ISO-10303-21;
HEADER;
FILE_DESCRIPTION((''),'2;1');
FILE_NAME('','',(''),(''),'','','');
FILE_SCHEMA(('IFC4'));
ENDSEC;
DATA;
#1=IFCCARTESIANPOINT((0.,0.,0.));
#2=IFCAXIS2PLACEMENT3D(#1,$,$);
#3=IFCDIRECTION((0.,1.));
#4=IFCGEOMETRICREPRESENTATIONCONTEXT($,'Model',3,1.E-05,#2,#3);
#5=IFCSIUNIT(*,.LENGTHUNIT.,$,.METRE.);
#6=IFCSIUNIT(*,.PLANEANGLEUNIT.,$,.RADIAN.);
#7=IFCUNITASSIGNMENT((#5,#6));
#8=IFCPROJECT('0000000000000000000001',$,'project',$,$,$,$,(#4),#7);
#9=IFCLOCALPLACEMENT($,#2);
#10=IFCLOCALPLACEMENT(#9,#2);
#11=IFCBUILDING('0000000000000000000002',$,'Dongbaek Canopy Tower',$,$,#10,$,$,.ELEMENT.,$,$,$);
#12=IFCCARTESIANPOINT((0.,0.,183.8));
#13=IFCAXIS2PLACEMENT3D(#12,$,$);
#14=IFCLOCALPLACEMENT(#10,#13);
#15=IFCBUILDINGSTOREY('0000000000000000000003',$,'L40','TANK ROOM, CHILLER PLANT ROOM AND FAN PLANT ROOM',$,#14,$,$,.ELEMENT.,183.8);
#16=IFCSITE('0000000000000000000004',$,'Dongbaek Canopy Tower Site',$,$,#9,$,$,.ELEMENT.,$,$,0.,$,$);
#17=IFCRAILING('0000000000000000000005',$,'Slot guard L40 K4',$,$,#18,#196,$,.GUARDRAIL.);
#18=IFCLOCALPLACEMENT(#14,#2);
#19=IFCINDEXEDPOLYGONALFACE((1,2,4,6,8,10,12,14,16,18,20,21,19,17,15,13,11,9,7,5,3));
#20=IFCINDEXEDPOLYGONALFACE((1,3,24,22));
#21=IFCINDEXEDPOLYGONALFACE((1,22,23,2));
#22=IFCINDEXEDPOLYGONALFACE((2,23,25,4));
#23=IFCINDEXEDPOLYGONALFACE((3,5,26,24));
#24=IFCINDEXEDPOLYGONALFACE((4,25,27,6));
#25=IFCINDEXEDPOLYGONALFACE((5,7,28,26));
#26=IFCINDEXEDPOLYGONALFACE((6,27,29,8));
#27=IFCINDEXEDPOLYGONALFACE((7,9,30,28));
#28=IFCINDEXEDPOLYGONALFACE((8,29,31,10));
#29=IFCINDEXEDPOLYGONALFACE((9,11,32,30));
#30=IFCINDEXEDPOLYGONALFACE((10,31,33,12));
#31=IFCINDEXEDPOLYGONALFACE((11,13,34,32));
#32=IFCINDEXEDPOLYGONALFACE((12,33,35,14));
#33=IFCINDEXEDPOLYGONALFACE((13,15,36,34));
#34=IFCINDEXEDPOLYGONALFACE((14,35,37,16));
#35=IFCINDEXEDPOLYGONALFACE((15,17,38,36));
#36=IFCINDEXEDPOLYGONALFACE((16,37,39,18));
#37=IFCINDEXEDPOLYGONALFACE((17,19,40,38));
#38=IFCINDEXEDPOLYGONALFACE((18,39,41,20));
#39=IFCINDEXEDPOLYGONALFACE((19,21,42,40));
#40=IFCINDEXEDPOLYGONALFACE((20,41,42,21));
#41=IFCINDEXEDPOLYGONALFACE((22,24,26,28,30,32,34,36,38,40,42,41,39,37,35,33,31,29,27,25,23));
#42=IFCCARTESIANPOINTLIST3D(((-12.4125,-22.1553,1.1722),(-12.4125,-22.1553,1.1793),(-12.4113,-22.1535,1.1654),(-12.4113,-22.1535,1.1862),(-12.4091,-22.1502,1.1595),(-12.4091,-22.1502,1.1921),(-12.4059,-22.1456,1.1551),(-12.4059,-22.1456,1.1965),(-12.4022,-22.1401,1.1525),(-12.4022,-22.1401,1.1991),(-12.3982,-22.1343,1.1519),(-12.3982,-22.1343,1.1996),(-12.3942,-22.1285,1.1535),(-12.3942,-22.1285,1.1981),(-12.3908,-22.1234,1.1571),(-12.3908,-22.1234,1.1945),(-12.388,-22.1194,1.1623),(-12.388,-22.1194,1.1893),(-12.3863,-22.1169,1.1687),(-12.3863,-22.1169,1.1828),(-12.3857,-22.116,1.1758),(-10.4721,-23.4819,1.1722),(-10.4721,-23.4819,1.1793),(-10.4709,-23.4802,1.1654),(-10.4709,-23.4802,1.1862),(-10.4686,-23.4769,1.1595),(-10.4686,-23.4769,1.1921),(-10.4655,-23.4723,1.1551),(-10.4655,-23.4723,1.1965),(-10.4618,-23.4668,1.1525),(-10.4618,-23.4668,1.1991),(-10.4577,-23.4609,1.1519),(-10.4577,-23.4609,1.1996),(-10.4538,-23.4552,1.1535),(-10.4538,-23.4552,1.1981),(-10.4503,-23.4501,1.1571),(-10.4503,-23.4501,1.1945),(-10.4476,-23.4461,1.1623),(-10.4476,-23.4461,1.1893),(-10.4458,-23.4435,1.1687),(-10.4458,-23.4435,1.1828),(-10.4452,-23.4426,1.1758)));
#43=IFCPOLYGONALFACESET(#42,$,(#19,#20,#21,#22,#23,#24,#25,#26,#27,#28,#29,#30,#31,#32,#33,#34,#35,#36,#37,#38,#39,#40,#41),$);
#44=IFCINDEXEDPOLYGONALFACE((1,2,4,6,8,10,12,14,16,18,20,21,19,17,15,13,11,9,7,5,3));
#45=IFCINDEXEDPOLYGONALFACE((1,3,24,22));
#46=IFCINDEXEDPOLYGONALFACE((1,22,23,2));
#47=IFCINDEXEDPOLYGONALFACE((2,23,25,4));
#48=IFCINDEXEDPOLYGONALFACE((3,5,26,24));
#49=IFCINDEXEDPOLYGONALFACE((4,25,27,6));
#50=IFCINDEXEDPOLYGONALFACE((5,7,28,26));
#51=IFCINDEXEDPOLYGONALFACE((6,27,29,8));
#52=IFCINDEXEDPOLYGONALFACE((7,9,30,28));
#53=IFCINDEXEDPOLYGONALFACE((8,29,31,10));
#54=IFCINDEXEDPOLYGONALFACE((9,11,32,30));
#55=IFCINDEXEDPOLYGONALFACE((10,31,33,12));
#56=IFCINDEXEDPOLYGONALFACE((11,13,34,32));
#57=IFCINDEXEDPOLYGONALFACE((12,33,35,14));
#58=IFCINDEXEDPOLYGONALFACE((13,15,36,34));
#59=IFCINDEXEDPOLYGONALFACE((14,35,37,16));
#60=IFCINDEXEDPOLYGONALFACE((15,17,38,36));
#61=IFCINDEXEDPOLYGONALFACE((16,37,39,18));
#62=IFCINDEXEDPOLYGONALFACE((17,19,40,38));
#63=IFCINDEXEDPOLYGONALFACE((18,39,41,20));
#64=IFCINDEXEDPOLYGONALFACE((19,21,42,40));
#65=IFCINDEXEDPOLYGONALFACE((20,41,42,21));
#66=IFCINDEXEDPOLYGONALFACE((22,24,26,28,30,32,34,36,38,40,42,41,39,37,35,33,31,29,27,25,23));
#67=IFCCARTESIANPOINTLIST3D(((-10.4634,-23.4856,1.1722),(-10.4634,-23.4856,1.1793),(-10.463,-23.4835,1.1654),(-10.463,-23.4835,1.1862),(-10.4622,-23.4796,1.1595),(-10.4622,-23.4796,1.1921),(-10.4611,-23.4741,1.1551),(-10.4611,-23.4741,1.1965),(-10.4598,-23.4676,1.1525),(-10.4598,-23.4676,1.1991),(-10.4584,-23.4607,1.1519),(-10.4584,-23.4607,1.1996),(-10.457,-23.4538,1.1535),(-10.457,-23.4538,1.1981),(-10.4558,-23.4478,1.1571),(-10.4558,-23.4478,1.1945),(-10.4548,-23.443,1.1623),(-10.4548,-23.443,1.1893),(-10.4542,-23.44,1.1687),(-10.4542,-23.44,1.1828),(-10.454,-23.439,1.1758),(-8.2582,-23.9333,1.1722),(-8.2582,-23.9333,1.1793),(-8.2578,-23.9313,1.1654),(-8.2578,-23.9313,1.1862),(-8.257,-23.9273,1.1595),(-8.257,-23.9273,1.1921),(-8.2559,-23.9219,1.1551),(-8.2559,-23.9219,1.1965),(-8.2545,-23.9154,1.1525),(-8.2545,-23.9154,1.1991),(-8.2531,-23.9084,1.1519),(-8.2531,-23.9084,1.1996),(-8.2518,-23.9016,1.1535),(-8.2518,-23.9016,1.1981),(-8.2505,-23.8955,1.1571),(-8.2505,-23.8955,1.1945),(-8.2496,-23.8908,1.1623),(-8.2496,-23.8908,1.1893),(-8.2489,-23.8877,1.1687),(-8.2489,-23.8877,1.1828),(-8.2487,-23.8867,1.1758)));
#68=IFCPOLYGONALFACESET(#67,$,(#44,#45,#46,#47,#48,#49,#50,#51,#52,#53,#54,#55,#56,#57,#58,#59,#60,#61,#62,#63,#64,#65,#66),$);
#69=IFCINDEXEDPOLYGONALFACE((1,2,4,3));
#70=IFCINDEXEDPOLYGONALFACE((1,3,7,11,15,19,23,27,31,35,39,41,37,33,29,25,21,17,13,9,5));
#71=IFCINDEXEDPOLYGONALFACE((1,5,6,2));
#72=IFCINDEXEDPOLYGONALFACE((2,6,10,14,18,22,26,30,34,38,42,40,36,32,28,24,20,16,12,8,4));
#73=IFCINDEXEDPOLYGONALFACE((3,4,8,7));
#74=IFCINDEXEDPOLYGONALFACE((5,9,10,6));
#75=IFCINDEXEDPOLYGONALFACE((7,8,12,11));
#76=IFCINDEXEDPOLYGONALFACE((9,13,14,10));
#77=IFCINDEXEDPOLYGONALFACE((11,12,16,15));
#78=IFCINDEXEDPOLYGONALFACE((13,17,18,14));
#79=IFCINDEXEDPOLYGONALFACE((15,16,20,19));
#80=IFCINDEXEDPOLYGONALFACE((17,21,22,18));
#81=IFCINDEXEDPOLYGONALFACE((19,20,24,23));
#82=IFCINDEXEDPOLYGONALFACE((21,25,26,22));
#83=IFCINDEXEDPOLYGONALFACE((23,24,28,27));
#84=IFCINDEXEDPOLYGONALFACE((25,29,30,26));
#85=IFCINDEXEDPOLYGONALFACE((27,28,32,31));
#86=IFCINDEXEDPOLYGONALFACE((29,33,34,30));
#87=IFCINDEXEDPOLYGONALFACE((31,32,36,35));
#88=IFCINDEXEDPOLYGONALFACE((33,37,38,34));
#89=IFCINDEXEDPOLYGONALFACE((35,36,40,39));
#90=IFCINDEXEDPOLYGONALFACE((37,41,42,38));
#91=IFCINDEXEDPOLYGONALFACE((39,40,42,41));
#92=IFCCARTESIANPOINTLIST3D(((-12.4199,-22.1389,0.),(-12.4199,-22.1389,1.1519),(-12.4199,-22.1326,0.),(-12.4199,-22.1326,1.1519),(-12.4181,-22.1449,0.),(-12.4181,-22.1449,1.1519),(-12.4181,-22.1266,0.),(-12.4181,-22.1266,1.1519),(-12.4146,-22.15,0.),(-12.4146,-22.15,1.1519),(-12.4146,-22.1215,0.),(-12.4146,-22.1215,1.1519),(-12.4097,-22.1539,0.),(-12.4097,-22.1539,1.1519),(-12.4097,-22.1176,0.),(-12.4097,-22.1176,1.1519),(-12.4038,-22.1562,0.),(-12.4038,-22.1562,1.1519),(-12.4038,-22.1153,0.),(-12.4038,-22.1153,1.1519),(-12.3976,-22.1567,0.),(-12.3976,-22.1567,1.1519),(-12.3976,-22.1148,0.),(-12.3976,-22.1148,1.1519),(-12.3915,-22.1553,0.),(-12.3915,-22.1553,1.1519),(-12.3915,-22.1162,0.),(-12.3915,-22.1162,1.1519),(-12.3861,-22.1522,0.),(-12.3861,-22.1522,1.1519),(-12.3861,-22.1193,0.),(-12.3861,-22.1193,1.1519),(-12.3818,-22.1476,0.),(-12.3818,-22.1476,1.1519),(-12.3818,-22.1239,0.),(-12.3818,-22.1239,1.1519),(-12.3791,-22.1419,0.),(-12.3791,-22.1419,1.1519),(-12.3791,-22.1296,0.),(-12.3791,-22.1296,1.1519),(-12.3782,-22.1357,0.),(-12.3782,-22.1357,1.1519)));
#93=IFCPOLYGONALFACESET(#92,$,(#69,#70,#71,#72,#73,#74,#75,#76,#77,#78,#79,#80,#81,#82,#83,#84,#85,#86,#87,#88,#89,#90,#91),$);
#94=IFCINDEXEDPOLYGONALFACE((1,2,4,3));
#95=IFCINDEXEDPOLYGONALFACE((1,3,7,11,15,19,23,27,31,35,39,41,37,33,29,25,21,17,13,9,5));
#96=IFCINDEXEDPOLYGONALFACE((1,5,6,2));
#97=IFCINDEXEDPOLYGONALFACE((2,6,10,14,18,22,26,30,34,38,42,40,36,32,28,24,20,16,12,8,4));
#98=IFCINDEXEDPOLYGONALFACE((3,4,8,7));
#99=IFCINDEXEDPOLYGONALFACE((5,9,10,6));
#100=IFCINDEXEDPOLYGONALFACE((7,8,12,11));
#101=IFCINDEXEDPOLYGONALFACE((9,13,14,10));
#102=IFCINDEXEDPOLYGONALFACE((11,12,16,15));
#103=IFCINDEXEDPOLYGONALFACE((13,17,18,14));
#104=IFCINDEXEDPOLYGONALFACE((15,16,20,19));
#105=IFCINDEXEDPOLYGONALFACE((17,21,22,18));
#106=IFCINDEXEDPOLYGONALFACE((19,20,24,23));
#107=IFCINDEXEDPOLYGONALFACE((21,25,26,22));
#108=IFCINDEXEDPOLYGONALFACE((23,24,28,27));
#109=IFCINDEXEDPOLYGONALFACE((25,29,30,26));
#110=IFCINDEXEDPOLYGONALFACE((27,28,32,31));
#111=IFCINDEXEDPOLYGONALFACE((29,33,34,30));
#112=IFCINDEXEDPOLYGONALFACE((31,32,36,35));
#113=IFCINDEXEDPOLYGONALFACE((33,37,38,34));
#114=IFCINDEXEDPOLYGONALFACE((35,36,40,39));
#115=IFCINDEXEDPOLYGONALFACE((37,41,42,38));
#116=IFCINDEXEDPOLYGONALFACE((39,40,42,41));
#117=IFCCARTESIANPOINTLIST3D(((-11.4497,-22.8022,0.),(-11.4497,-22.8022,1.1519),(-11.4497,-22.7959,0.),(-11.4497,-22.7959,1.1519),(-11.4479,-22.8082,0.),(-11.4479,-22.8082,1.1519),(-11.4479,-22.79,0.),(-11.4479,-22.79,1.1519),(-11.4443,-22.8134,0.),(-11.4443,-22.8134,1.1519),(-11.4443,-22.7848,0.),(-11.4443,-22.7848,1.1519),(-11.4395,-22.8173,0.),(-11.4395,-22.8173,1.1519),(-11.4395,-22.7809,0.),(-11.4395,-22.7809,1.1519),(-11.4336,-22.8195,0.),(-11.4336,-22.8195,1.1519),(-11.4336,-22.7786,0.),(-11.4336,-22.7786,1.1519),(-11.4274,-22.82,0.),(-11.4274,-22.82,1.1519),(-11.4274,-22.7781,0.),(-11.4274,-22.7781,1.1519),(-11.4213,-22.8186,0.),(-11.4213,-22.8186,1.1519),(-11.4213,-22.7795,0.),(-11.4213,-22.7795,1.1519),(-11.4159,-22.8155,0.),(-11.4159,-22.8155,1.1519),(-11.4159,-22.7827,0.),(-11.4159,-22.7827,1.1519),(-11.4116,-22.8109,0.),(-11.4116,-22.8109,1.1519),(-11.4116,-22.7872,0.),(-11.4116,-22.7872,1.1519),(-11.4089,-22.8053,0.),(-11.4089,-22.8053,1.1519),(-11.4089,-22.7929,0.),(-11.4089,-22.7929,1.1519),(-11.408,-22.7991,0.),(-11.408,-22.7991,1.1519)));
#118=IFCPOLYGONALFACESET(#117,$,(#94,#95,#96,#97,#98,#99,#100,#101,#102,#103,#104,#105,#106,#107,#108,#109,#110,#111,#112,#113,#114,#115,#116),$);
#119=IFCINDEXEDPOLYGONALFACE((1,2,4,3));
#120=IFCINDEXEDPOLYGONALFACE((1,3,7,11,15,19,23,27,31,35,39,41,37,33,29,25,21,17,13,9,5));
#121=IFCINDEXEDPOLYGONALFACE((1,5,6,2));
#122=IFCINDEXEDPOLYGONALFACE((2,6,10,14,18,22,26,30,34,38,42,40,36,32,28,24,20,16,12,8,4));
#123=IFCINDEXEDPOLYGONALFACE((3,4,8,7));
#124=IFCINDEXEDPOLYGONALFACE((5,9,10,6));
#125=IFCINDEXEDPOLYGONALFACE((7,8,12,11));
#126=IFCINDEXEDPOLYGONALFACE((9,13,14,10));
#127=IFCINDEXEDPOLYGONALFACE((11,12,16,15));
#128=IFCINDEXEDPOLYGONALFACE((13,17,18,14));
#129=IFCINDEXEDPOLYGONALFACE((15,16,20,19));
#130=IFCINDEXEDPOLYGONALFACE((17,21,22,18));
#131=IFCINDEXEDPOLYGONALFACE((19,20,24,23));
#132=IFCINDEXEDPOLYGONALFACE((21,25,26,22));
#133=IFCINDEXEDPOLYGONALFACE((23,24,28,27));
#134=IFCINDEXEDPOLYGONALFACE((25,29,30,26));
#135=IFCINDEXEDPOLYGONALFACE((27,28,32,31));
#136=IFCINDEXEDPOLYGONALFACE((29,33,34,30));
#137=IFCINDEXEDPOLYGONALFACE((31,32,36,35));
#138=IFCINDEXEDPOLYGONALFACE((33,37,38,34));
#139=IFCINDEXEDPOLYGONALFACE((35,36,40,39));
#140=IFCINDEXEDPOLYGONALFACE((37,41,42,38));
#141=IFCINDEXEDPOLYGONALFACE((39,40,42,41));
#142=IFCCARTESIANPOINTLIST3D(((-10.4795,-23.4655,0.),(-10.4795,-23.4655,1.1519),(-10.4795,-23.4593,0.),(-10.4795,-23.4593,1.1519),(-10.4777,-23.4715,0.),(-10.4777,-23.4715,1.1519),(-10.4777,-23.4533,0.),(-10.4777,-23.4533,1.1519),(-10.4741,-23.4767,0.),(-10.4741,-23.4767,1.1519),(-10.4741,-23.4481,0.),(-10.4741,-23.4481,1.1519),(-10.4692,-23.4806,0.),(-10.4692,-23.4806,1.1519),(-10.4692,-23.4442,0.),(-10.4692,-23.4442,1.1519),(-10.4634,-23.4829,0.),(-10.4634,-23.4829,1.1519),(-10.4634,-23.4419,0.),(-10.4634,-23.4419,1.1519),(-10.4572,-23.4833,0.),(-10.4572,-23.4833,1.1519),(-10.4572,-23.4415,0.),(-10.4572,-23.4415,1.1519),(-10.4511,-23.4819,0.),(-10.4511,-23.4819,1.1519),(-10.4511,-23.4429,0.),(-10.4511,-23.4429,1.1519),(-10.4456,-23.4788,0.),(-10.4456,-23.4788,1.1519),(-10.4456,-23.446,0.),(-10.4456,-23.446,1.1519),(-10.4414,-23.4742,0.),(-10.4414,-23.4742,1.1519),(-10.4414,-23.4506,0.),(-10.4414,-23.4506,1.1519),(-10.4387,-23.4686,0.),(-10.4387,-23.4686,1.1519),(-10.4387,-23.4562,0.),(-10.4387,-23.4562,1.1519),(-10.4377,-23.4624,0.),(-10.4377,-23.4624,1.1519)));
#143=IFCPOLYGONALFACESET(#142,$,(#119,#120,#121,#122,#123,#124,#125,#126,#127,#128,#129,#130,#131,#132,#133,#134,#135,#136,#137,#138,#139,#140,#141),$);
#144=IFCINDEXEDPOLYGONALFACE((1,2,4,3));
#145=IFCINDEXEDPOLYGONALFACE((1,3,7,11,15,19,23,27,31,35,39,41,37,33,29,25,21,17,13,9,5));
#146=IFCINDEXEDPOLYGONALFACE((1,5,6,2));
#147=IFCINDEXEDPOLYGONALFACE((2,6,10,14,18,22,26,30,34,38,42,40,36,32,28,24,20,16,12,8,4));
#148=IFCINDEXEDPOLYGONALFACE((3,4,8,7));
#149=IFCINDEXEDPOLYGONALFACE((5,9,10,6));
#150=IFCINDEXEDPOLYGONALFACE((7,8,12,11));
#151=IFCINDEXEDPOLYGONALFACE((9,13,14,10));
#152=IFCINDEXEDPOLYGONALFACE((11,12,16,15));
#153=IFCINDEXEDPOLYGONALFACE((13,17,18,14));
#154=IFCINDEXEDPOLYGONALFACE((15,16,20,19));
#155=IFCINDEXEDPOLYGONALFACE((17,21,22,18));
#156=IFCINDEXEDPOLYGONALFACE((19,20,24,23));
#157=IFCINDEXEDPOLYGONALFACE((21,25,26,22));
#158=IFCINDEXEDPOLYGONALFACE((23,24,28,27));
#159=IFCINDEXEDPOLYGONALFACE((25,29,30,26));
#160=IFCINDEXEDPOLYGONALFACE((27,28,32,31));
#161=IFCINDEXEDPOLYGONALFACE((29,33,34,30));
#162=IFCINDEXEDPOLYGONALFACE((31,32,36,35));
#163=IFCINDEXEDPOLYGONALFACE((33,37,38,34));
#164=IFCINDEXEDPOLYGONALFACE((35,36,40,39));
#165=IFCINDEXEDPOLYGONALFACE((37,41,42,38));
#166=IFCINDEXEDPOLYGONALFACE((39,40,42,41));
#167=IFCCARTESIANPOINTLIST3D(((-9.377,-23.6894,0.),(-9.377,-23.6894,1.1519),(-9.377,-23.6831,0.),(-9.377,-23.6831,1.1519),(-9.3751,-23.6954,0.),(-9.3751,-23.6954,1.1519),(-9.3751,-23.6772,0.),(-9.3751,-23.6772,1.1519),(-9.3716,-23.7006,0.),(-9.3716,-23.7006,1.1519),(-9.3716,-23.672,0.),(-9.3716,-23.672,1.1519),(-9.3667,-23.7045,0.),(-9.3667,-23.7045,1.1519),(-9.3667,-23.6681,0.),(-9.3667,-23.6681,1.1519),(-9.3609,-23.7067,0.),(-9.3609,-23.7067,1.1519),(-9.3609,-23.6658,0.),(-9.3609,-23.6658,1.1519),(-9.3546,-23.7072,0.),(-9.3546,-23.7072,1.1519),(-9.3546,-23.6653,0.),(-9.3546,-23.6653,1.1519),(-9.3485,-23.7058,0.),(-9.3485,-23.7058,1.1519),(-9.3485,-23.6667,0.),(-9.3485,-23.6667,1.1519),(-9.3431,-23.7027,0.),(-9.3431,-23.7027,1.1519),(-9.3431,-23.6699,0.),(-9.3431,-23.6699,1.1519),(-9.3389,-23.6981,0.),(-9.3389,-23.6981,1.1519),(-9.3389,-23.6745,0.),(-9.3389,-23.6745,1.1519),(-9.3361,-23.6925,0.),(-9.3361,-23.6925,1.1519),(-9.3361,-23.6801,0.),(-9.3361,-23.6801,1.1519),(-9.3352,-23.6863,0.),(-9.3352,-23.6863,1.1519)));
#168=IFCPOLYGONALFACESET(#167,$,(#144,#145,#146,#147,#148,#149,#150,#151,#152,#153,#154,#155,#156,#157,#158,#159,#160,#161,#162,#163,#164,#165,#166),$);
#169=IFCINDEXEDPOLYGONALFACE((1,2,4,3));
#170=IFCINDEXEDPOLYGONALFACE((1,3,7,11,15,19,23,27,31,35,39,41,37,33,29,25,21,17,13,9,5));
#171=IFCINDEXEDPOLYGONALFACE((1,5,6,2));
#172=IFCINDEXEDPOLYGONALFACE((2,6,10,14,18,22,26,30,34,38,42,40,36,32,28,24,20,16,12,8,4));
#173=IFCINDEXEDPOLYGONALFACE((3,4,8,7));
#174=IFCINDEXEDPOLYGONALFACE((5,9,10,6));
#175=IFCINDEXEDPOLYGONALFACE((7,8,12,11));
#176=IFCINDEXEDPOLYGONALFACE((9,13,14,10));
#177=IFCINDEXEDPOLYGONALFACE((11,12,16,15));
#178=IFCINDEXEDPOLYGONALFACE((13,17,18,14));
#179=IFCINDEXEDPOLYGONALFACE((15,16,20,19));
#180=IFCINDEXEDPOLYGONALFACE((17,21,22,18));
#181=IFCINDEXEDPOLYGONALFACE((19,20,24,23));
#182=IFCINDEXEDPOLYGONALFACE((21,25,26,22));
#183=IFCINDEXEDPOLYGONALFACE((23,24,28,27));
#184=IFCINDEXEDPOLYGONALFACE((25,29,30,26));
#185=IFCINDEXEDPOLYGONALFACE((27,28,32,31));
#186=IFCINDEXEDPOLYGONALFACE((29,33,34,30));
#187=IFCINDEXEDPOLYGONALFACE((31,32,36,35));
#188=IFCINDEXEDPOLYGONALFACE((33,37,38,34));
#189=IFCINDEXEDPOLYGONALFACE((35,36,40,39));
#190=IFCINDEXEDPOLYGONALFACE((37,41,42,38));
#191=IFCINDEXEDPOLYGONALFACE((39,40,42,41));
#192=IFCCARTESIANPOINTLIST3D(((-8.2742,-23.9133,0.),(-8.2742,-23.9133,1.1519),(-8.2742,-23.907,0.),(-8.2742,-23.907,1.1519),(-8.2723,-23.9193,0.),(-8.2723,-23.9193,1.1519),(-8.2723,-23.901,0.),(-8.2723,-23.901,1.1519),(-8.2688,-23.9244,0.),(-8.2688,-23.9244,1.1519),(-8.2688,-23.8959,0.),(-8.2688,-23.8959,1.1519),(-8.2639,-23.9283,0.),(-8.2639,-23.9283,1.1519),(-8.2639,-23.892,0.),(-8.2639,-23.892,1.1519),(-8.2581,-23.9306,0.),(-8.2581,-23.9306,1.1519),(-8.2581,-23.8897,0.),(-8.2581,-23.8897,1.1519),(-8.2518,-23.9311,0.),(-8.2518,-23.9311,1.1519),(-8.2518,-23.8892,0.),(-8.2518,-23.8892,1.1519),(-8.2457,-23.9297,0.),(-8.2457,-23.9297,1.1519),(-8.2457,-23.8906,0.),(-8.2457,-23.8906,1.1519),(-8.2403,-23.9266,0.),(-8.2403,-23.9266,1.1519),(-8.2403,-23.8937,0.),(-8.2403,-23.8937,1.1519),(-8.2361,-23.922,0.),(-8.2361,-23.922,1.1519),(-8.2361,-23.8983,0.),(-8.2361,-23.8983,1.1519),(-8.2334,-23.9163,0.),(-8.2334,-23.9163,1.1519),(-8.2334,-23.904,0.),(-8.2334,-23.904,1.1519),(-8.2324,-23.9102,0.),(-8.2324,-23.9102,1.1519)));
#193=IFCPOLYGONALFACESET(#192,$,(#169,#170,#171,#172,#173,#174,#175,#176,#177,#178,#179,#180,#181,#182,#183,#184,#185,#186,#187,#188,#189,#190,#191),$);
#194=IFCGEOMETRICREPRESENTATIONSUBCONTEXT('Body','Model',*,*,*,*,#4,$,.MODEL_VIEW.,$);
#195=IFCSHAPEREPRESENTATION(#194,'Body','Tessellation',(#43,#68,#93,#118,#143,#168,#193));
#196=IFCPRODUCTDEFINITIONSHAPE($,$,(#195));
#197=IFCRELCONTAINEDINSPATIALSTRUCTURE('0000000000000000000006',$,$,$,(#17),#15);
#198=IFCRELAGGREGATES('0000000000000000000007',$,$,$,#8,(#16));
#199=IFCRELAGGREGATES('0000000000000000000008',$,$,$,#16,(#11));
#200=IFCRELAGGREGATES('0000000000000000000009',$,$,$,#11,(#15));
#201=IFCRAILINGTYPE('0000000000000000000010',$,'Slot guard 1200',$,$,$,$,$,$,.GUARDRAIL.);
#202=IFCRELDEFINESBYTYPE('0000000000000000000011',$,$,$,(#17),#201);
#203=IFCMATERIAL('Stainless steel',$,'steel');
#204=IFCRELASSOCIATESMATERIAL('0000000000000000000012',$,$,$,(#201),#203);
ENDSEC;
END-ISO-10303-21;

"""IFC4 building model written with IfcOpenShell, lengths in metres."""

from ifc_helpers import new_model, si_unit, direction, frame, origin, origin_2d, place, context, subcontext, project, spatial, circle, extrude, material, type_object, element, save


model = new_model("IFC4")

# Units and contexts
model_context = context("Model", 3, precision=1e-05, world=origin(), true_north=direction((0.0, 1.0)))
body_context = subcontext(model_context, "Body", "Model", "MODEL_VIEW")
ifc_project = project(units=[si_unit("LENGTHUNIT", "METRE"), si_unit("PLANEANGLEUNIT", "RADIAN")], contexts=[model_context])

# Site, building, storey
site_placement = place(None, origin())
site = spatial("IfcSite", under=ifc_project, at=site_placement, Name="Dongbaek Canopy Tower Site", CompositionType="ELEMENT", RefElevation=0.0)
building_placement = place(site_placement, origin())
building = spatial("IfcBuilding", under=site, at=building_placement, Name="Dongbaek Canopy Tower", CompositionType="ELEMENT")
storey_placement = place(building_placement, frame((0.0, 0.0, 183.8)))
storey = spatial("IfcBuildingStorey", under=building, at=storey_placement, Name="L40", Description="TANK ROOM, CHILLER PLANT ROOM AND FAN PLANT ROOM", CompositionType="ELEMENT", Elevation=183.8)

# Railing
ifc_material_1 = material(Name="Stainless steel", Category="steel")
railing_type_1 = type_object("IfcRailingType", Name="Slot guard 1200", PredefinedType="GUARDRAIL", material=ifc_material_1)
railing_1_placement = place(storey_placement, frame((-12.3992, -22.1357, 0.0)))
element("IfcRailing", 1, at=railing_1_placement, inside=storey, type_object=railing_type_1, Name="Slot guard L40 K4", PredefinedType="GUARDRAIL", context=body_context, shape_type="SweptSolid", body=[
    extrude(circle(Radius=0.0239, at=origin_2d()), frame((0.0, 0.0, 1.1758), z_axis=(0.825506, -0.564393, 0.0), x_axis=(0.564393, 0.825506, 0.0)), (0.0, 0.0, 1.0), 2.3506),
    extrude(circle(Radius=0.0239, at=origin_2d()), frame((1.9404, -1.3267, 1.1758), z_axis=(0.980005, -0.198974, 0.0), x_axis=(0.198974, 0.980005, 0.0)), (0.0, 0.0, 1.0), 2.2502),
    extrude(circle(Radius=0.021, at=origin_2d()), origin(), (0.0, 0.0, 1.0), 1.1519),
    extrude(circle(Radius=0.021, at=origin_2d()), frame((0.9702, -0.6633, 0.0)), (0.0, 0.0, 1.0), 1.1519),
    extrude(circle(Radius=0.021, at=origin_2d()), frame((1.9404, -1.3267, 0.0)), (0.0, 0.0, 1.0), 1.1519),
    extrude(circle(Radius=0.021, at=origin_2d()), frame((3.043, -1.5505, 0.0)), (0.0, 0.0, 1.0), 1.1519),
    extrude(circle(Radius=0.021, at=origin_2d()), frame((4.1458, -1.7744, 0.0)), (0.0, 0.0, 1.0), 1.1519),
])

save(model, "model.ifc")
